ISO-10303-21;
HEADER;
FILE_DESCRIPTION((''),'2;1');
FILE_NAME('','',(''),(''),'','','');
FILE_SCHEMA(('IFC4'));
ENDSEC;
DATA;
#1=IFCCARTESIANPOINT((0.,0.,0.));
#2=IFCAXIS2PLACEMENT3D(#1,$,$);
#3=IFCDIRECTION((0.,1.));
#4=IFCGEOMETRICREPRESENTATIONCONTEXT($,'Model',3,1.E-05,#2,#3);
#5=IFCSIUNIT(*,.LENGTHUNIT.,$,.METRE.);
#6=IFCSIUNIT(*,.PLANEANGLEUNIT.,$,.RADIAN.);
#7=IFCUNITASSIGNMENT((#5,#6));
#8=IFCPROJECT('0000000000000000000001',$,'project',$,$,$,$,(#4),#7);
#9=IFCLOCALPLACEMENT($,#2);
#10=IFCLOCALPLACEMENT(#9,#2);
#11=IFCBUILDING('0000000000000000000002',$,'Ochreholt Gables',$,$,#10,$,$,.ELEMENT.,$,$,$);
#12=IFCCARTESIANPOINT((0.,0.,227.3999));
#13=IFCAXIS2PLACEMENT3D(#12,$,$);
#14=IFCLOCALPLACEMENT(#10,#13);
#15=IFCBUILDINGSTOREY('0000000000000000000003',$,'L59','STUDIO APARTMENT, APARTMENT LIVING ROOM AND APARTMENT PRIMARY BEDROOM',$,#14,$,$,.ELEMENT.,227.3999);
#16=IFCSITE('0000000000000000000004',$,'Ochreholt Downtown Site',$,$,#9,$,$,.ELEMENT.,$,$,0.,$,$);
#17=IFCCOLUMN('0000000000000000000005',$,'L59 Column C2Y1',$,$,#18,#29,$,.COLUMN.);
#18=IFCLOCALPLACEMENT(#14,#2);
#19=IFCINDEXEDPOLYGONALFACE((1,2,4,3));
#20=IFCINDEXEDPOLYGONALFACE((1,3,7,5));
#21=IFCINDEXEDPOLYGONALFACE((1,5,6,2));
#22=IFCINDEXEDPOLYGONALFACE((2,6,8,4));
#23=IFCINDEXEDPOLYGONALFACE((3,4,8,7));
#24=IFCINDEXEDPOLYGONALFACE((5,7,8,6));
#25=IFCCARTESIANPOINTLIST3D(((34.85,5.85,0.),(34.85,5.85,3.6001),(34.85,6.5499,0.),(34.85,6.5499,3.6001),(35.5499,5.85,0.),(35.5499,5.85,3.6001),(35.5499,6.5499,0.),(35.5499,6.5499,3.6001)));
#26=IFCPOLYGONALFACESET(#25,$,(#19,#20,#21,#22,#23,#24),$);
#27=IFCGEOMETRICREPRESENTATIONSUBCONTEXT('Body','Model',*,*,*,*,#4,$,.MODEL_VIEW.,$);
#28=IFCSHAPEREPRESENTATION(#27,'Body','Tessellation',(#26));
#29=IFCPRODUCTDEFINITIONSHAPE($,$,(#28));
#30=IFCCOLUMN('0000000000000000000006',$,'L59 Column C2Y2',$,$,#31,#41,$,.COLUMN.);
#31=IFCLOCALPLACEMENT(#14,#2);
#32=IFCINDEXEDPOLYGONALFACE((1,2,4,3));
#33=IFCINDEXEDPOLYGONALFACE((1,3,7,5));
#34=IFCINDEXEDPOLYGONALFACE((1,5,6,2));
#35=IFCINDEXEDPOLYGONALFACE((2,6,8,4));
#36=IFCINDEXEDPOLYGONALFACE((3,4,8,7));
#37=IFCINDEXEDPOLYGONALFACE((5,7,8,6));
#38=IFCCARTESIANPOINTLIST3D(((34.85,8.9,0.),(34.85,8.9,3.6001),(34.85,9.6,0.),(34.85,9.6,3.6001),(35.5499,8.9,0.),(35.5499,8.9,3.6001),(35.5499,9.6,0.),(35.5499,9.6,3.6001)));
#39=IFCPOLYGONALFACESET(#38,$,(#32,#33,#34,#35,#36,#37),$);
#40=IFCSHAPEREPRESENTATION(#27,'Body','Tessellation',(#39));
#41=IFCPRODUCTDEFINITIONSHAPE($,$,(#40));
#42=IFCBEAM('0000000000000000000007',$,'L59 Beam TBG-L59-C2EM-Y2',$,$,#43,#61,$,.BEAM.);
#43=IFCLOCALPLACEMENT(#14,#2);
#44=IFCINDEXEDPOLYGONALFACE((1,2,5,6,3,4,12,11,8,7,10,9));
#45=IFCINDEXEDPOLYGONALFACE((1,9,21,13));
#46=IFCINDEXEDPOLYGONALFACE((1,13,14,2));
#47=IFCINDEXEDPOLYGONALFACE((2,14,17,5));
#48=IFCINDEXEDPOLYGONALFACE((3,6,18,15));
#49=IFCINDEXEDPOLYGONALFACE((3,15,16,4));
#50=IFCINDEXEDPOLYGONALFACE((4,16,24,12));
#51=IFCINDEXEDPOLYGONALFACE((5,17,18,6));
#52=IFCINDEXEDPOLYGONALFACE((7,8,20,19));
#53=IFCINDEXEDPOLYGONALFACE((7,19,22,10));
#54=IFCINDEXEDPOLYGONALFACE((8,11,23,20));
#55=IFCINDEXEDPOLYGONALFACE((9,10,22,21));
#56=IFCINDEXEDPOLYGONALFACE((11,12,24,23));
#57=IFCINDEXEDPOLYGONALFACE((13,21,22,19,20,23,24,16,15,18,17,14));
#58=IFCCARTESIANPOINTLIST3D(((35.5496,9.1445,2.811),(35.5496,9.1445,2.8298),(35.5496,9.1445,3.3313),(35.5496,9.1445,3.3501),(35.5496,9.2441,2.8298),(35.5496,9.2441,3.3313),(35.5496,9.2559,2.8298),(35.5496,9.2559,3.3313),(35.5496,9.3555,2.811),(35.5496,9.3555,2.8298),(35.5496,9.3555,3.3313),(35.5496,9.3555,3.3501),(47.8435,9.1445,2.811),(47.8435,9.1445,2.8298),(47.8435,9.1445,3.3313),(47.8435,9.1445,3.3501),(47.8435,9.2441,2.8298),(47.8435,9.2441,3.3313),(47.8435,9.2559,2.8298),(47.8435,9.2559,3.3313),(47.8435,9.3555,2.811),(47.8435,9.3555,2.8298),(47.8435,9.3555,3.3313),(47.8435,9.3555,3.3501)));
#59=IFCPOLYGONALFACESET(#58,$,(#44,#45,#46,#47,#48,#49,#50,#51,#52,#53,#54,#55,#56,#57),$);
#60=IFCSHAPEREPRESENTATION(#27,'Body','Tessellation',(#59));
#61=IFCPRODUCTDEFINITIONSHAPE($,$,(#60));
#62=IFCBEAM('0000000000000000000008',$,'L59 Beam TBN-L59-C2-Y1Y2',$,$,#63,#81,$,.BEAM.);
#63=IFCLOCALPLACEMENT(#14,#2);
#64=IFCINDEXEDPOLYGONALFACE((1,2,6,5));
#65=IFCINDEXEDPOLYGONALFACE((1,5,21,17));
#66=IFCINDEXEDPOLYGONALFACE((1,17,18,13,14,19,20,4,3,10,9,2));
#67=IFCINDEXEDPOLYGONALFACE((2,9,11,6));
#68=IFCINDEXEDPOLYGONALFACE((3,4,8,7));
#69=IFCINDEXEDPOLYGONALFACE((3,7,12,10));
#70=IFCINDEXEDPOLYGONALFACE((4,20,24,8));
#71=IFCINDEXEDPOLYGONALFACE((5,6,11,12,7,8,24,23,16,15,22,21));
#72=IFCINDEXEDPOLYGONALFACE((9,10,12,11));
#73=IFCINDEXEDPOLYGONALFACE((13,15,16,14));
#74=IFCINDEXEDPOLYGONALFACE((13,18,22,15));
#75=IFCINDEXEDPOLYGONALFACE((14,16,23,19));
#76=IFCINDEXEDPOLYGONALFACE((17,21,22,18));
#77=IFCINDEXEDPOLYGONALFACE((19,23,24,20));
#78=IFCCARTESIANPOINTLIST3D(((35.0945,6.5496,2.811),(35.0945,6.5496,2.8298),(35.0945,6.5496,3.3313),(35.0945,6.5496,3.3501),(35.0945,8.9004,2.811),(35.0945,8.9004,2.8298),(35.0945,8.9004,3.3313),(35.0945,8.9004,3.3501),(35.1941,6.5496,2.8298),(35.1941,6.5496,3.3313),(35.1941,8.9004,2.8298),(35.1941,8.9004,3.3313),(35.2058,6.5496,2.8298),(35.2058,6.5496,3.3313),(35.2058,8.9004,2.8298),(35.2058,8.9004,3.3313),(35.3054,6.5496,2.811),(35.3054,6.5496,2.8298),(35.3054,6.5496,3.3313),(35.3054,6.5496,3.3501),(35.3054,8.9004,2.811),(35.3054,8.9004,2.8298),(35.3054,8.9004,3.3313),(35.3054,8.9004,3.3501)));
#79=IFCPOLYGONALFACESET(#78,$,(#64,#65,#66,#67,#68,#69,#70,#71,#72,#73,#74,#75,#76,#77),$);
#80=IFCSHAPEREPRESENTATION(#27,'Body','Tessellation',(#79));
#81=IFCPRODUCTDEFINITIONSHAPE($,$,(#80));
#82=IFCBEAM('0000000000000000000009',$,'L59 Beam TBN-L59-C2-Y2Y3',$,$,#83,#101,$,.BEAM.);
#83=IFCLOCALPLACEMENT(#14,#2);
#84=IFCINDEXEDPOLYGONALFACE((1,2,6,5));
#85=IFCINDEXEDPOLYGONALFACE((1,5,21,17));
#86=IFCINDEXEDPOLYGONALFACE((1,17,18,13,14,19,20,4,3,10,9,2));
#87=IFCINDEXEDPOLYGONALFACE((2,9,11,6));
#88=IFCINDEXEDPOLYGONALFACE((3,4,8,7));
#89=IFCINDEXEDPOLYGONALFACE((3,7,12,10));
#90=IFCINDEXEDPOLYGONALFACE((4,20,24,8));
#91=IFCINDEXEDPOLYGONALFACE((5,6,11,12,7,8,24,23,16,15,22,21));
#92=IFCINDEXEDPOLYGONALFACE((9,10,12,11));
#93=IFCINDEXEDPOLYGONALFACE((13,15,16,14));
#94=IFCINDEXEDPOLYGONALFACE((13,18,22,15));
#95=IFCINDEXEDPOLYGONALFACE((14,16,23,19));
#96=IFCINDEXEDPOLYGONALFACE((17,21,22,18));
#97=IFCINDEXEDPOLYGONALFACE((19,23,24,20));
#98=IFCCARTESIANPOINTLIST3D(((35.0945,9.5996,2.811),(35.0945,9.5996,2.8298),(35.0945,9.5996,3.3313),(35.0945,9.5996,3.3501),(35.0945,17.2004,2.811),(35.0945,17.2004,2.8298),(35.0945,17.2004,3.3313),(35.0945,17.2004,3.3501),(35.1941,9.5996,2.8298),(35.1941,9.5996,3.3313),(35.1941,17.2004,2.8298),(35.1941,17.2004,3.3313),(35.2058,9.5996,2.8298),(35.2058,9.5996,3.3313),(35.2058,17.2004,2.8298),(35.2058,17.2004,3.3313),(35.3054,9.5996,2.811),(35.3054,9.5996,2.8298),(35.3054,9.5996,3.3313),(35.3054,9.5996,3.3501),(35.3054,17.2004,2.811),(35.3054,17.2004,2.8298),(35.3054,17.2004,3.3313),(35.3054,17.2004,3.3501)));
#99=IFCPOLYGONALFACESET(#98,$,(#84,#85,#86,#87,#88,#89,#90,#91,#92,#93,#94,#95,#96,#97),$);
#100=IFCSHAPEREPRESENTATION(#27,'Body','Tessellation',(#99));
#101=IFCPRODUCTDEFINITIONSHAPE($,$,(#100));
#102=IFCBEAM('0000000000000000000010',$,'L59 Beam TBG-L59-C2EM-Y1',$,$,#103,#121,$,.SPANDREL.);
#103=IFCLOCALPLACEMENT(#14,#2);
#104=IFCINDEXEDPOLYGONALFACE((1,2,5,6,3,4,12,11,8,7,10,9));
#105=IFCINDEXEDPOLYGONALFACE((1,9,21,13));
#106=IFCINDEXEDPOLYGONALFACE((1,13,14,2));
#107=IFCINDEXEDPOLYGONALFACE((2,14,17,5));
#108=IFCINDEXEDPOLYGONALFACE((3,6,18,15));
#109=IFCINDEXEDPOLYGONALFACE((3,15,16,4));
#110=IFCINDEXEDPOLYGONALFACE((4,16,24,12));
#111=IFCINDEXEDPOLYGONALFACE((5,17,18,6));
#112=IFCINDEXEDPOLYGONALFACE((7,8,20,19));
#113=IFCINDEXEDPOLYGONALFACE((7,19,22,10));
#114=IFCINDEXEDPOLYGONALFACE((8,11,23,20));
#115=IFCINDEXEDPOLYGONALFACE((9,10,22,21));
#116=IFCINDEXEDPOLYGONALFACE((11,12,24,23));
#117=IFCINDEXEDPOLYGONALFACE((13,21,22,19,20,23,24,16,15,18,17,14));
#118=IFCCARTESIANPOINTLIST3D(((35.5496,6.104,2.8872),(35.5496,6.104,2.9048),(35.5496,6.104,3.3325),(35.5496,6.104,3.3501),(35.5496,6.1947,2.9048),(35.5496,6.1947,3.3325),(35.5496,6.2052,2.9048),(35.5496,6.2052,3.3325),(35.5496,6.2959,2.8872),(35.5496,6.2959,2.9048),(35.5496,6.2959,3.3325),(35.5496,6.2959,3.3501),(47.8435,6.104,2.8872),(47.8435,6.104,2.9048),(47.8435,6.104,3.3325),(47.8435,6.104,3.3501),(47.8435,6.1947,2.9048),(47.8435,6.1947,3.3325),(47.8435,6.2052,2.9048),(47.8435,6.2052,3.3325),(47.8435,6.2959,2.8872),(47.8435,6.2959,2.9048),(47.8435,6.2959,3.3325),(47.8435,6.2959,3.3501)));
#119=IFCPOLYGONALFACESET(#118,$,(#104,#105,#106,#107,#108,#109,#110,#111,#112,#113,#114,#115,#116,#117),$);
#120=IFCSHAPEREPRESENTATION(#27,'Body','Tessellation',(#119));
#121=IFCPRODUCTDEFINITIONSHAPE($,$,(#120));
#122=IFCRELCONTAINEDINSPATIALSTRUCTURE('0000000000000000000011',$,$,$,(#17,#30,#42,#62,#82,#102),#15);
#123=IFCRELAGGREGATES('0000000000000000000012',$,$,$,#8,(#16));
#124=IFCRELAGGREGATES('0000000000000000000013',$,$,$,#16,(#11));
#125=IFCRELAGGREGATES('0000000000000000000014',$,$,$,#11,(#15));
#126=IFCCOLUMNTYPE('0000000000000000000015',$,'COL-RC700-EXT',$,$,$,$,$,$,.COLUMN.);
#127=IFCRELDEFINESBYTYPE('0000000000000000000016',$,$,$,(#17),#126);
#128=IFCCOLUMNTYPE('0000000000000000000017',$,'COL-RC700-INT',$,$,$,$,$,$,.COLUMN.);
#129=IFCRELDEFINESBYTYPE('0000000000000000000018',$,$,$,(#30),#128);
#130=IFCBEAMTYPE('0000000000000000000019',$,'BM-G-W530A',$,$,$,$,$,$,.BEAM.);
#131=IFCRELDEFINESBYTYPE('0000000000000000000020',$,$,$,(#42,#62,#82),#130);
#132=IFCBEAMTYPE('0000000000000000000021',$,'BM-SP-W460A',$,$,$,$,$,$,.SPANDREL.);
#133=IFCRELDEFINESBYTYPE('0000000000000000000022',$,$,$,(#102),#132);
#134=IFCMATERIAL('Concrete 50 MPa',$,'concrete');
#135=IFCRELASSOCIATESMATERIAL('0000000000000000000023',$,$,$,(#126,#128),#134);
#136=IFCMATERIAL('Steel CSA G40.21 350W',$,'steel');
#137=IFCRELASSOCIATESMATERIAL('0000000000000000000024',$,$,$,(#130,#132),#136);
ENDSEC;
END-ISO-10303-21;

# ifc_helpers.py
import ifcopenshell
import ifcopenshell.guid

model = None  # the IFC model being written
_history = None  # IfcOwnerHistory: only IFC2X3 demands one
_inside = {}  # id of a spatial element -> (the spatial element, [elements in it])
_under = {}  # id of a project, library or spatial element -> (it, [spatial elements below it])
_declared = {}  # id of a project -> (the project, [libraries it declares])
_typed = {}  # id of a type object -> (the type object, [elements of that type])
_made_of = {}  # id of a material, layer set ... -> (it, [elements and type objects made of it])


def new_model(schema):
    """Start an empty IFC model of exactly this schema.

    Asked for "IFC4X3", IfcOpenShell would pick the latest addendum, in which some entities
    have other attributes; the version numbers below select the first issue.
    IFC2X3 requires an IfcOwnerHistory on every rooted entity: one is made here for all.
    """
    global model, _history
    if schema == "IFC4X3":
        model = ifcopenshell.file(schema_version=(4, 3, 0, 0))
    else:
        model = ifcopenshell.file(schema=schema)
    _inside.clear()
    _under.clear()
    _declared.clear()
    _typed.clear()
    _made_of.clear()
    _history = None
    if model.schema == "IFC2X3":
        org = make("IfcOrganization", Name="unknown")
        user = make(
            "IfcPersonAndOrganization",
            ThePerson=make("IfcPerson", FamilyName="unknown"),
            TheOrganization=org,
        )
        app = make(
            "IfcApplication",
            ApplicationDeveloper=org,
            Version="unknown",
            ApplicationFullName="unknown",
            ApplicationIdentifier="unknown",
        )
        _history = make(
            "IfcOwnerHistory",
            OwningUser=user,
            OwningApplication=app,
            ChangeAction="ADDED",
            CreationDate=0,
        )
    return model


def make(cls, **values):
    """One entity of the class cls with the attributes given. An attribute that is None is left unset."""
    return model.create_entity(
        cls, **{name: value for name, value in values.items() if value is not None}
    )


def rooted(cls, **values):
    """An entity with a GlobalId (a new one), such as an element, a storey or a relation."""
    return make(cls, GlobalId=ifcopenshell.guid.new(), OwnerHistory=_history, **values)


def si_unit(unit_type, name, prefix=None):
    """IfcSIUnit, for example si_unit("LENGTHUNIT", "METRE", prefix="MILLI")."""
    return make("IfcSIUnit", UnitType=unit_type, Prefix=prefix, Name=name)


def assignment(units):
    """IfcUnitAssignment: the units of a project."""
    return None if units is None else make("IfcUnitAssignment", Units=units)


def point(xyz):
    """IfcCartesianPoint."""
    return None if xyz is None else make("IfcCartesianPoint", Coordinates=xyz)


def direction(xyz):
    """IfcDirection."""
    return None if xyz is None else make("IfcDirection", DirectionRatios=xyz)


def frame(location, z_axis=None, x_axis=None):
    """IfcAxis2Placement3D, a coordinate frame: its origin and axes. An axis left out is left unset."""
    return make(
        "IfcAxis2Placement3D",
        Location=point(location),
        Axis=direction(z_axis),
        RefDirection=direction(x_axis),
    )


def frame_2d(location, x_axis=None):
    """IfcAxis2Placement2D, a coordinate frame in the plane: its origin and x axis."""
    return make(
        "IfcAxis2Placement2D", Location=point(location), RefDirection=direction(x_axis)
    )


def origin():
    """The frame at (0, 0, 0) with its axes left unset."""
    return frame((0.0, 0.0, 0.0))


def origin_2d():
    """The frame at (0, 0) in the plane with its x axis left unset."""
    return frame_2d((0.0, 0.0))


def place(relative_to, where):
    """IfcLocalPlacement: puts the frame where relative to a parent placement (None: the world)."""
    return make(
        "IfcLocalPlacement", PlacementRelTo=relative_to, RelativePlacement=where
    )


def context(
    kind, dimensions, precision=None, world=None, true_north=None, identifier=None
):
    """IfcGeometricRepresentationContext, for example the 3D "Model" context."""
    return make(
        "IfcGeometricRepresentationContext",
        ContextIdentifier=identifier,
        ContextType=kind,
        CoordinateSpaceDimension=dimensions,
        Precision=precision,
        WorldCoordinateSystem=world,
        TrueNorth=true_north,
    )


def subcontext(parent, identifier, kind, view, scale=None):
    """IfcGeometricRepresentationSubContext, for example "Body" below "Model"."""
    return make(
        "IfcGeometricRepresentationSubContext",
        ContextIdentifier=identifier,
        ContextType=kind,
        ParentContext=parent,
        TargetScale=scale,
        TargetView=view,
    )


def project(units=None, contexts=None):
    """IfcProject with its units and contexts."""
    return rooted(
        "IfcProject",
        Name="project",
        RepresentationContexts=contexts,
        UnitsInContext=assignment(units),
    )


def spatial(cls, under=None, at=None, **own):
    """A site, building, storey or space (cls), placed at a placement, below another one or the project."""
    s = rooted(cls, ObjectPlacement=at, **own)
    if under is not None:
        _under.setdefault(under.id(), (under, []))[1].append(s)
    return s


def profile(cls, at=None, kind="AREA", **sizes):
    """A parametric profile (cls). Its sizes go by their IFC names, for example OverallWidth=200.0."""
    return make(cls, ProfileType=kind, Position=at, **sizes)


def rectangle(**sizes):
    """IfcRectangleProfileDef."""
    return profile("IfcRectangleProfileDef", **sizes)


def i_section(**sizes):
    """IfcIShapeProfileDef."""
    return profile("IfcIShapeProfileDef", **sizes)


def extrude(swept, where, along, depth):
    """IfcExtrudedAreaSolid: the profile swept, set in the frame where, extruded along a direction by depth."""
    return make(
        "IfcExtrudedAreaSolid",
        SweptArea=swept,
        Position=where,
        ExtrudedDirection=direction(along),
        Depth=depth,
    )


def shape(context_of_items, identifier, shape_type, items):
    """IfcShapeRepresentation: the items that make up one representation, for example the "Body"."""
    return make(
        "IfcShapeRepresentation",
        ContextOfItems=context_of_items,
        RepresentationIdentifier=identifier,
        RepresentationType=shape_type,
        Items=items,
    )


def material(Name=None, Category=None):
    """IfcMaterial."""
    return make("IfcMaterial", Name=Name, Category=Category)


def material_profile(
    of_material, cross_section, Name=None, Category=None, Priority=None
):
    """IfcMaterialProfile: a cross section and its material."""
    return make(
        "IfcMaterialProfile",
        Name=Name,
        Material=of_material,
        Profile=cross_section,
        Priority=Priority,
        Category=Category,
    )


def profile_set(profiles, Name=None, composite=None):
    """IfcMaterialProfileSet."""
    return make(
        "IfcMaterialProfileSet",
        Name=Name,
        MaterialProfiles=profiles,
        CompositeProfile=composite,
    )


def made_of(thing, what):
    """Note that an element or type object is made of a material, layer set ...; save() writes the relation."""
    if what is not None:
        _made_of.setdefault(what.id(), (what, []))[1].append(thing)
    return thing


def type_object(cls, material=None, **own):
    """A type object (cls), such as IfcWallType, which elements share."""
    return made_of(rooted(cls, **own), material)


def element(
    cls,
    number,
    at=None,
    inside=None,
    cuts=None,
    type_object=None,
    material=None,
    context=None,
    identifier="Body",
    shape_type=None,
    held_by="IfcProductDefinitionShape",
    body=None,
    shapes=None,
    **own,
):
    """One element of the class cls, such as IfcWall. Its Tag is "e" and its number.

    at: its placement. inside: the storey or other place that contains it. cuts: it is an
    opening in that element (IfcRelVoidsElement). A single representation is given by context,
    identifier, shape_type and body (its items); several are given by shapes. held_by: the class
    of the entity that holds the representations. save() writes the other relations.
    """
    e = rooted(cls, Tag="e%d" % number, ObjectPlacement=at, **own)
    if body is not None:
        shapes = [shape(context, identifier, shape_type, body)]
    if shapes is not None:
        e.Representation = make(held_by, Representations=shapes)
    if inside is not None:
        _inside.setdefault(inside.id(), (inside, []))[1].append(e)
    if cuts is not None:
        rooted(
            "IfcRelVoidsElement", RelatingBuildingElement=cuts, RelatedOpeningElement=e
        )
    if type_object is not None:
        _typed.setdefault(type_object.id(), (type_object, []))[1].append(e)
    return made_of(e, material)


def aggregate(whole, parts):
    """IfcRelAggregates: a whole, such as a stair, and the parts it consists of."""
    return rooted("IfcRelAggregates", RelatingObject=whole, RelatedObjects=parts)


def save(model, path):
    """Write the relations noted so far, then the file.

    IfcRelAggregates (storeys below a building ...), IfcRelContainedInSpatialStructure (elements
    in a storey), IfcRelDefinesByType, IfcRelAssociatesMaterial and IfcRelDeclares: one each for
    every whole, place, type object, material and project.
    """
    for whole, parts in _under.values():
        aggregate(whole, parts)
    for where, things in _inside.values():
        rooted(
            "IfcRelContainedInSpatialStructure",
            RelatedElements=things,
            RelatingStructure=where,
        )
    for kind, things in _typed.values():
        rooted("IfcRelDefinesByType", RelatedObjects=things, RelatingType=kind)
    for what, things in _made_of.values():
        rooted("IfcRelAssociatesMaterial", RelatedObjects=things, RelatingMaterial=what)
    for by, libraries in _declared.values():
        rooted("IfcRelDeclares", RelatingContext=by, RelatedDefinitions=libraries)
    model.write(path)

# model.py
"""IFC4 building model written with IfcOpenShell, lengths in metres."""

from ifc_helpers import new_model, si_unit, direction, frame, origin, origin_2d, place, context, subcontext, project, spatial, rectangle, i_section, extrude, material, material_profile, profile_set, type_object, element, save


model = new_model("IFC4")

# Units and contexts
model_context = context("Model", 3, precision=1e-05, world=origin(), true_north=direction((0.0, 1.0)))
body_context = subcontext(model_context, "Body", "Model", "MODEL_VIEW")
ifc_project = project(units=[si_unit("LENGTHUNIT", "METRE"), si_unit("PLANEANGLEUNIT", "RADIAN")], contexts=[model_context])

# Site, building, storey
site_placement = place(None, origin())
site = spatial("IfcSite", under=ifc_project, at=site_placement, Name="Ochreholt Downtown Site", CompositionType="ELEMENT", RefElevation=0.0)
building_placement = place(site_placement, origin())
building = spatial("IfcBuilding", under=site, at=building_placement, Name="Ochreholt Gables", CompositionType="ELEMENT")
storey_placement = place(building_placement, frame((0.0, 0.0, 227.3999)))
storey = spatial("IfcBuildingStorey", under=building, at=storey_placement, Name="L59", Description="STUDIO APARTMENT, APARTMENT LIVING ROOM AND APARTMENT PRIMARY BEDROOM", CompositionType="ELEMENT", Elevation=227.3999)

# Columns
ifc_material_1 = material(Name="Concrete 50 MPa", Category="concrete")
ifc_material_profile_1 = material_profile(ifc_material_1, rectangle(XDim=0.7, YDim=0.7, at=origin_2d()), Name="RC700X700")
ifc_profile_set_1 = profile_set([ifc_material_profile_1], Name="Concrete 50 MPa")
column_type_1 = type_object("IfcColumnType", Name="COL-RC700-EXT", PredefinedType="COLUMN", material=ifc_profile_set_1)
column_1_placement = place(storey_placement, frame((35.2, 6.2, 0.0), z_axis=(0.0, 0.0, 1.0), x_axis=(1.0, 0.0, 0.0)))
element("IfcColumn", 1, at=column_1_placement, inside=storey, type_object=column_type_1, Name="L59 Column C2Y1", PredefinedType="COLUMN", context=body_context, shape_type="SweptSolid", body=[
    extrude(rectangle(XDim=0.7, YDim=0.7, at=origin_2d()), origin(), (0.0, 0.0, 1.0), 3.6001),
])
ifc_material_profile_2 = material_profile(ifc_material_1, rectangle(XDim=0.7, YDim=0.7, at=origin_2d()), Name="RC700X700")
ifc_profile_set_2 = profile_set([ifc_material_profile_2], Name="Concrete 50 MPa")
column_type_2 = type_object("IfcColumnType", Name="COL-RC700-INT", PredefinedType="COLUMN", material=ifc_profile_set_2)
column_2_placement = place(storey_placement, frame((35.2, 9.25, 0.0), z_axis=(0.0, 0.0, 1.0), x_axis=(1.0, 0.0, 0.0)))
element("IfcColumn", 2, at=column_2_placement, inside=storey, type_object=column_type_2, Name="L59 Column C2Y2", PredefinedType="COLUMN", context=body_context, shape_type="SweptSolid", body=[
    extrude(rectangle(XDim=0.7, YDim=0.7, at=origin_2d()), origin(), (0.0, 0.0, 1.0), 3.6001),
])

# Beams
ifc_material_2 = material(Name="Steel CSA G40.21 350W", Category="steel")
ifc_material_profile_3 = material_profile(ifc_material_2, i_section(OverallWidth=0.2109, OverallDepth=0.5391, WebThickness=0.0117, FlangeThickness=0.0188, at=origin_2d()), Name="W530X109")
ifc_profile_set_3 = profile_set([ifc_material_profile_3], Name="Steel CSA G40.21 350W")
beam_type_1 = type_object("IfcBeamType", Name="BM-G-W530A", PredefinedType="BEAM", material=ifc_profile_set_3)
beam_1_placement = place(storey_placement, frame((35.5496, 9.25, 3.0806), z_axis=(1.0, 0.0, 0.0), x_axis=(0.0, 1.0, 0.0)))
element("IfcBeam", 3, at=beam_1_placement, inside=storey, type_object=beam_type_1, Name="L59 Beam TBG-L59-C2EM-Y2", PredefinedType="BEAM", context=body_context, shape_type="SweptSolid", body=[
    extrude(i_section(OverallWidth=0.2109, OverallDepth=0.5391, WebThickness=0.0117, FlangeThickness=0.0188, at=origin_2d()), origin(), (0.0, 0.0, 1.0), 12.2939),
])
beam_2_placement = place(storey_placement, frame((35.2, 6.5496, 3.0806), z_axis=(0.0, 1.0, 0.0), x_axis=(-1.0, 0.0, 0.0)))
element("IfcBeam", 4, at=beam_2_placement, inside=storey, type_object=beam_type_1, Name="L59 Beam TBN-L59-C2-Y1Y2", PredefinedType="BEAM", context=body_context, shape_type="SweptSolid", body=[
    extrude(i_section(OverallWidth=0.2109, OverallDepth=0.5391, WebThickness=0.0117, FlangeThickness=0.0188, at=origin_2d()), origin(), (0.0, 0.0, 1.0), 2.3508),
])
beam_3_placement = place(storey_placement, frame((35.2, 9.5996, 3.0806), z_axis=(0.0, 1.0, 0.0), x_axis=(-1.0, 0.0, 0.0)))
element("IfcBeam", 5, at=beam_3_placement, inside=storey, type_object=beam_type_1, Name="L59 Beam TBN-L59-C2-Y2Y3", PredefinedType="BEAM", context=body_context, shape_type="SweptSolid", body=[
    extrude(i_section(OverallWidth=0.2109, OverallDepth=0.5391, WebThickness=0.0117, FlangeThickness=0.0188, at=origin_2d()), origin(), (0.0, 0.0, 1.0), 7.6008),
])
ifc_material_profile_4 = material_profile(ifc_material_2, i_section(OverallWidth=0.1919, OverallDepth=0.4629, WebThickness=0.0105, FlangeThickness=0.0176, at=origin_2d()), Name="W460X89")
ifc_profile_set_4 = profile_set([ifc_material_profile_4], Name="Steel CSA G40.21 350W")
beam_type_2 = type_object("IfcBeamType", Name="BM-SP-W460A", PredefinedType="SPANDREL", material=ifc_profile_set_4)
beam_4_placement = place(storey_placement, frame((35.5496, 6.2, 3.1187), z_axis=(1.0, 0.0, 0.0), x_axis=(0.0, 1.0, 0.0)))
element("IfcBeam", 6, at=beam_4_placement, inside=storey, type_object=beam_type_2, Name="L59 Beam TBG-L59-C2EM-Y1", PredefinedType="SPANDREL", context=body_context, shape_type="SweptSolid", body=[
    extrude(i_section(OverallWidth=0.1919, OverallDepth=0.4629, WebThickness=0.0105, FlangeThickness=0.0176, at=origin_2d()), origin(), (0.0, 0.0, 1.0), 12.2939),
])

save(model, "model.ifc")
